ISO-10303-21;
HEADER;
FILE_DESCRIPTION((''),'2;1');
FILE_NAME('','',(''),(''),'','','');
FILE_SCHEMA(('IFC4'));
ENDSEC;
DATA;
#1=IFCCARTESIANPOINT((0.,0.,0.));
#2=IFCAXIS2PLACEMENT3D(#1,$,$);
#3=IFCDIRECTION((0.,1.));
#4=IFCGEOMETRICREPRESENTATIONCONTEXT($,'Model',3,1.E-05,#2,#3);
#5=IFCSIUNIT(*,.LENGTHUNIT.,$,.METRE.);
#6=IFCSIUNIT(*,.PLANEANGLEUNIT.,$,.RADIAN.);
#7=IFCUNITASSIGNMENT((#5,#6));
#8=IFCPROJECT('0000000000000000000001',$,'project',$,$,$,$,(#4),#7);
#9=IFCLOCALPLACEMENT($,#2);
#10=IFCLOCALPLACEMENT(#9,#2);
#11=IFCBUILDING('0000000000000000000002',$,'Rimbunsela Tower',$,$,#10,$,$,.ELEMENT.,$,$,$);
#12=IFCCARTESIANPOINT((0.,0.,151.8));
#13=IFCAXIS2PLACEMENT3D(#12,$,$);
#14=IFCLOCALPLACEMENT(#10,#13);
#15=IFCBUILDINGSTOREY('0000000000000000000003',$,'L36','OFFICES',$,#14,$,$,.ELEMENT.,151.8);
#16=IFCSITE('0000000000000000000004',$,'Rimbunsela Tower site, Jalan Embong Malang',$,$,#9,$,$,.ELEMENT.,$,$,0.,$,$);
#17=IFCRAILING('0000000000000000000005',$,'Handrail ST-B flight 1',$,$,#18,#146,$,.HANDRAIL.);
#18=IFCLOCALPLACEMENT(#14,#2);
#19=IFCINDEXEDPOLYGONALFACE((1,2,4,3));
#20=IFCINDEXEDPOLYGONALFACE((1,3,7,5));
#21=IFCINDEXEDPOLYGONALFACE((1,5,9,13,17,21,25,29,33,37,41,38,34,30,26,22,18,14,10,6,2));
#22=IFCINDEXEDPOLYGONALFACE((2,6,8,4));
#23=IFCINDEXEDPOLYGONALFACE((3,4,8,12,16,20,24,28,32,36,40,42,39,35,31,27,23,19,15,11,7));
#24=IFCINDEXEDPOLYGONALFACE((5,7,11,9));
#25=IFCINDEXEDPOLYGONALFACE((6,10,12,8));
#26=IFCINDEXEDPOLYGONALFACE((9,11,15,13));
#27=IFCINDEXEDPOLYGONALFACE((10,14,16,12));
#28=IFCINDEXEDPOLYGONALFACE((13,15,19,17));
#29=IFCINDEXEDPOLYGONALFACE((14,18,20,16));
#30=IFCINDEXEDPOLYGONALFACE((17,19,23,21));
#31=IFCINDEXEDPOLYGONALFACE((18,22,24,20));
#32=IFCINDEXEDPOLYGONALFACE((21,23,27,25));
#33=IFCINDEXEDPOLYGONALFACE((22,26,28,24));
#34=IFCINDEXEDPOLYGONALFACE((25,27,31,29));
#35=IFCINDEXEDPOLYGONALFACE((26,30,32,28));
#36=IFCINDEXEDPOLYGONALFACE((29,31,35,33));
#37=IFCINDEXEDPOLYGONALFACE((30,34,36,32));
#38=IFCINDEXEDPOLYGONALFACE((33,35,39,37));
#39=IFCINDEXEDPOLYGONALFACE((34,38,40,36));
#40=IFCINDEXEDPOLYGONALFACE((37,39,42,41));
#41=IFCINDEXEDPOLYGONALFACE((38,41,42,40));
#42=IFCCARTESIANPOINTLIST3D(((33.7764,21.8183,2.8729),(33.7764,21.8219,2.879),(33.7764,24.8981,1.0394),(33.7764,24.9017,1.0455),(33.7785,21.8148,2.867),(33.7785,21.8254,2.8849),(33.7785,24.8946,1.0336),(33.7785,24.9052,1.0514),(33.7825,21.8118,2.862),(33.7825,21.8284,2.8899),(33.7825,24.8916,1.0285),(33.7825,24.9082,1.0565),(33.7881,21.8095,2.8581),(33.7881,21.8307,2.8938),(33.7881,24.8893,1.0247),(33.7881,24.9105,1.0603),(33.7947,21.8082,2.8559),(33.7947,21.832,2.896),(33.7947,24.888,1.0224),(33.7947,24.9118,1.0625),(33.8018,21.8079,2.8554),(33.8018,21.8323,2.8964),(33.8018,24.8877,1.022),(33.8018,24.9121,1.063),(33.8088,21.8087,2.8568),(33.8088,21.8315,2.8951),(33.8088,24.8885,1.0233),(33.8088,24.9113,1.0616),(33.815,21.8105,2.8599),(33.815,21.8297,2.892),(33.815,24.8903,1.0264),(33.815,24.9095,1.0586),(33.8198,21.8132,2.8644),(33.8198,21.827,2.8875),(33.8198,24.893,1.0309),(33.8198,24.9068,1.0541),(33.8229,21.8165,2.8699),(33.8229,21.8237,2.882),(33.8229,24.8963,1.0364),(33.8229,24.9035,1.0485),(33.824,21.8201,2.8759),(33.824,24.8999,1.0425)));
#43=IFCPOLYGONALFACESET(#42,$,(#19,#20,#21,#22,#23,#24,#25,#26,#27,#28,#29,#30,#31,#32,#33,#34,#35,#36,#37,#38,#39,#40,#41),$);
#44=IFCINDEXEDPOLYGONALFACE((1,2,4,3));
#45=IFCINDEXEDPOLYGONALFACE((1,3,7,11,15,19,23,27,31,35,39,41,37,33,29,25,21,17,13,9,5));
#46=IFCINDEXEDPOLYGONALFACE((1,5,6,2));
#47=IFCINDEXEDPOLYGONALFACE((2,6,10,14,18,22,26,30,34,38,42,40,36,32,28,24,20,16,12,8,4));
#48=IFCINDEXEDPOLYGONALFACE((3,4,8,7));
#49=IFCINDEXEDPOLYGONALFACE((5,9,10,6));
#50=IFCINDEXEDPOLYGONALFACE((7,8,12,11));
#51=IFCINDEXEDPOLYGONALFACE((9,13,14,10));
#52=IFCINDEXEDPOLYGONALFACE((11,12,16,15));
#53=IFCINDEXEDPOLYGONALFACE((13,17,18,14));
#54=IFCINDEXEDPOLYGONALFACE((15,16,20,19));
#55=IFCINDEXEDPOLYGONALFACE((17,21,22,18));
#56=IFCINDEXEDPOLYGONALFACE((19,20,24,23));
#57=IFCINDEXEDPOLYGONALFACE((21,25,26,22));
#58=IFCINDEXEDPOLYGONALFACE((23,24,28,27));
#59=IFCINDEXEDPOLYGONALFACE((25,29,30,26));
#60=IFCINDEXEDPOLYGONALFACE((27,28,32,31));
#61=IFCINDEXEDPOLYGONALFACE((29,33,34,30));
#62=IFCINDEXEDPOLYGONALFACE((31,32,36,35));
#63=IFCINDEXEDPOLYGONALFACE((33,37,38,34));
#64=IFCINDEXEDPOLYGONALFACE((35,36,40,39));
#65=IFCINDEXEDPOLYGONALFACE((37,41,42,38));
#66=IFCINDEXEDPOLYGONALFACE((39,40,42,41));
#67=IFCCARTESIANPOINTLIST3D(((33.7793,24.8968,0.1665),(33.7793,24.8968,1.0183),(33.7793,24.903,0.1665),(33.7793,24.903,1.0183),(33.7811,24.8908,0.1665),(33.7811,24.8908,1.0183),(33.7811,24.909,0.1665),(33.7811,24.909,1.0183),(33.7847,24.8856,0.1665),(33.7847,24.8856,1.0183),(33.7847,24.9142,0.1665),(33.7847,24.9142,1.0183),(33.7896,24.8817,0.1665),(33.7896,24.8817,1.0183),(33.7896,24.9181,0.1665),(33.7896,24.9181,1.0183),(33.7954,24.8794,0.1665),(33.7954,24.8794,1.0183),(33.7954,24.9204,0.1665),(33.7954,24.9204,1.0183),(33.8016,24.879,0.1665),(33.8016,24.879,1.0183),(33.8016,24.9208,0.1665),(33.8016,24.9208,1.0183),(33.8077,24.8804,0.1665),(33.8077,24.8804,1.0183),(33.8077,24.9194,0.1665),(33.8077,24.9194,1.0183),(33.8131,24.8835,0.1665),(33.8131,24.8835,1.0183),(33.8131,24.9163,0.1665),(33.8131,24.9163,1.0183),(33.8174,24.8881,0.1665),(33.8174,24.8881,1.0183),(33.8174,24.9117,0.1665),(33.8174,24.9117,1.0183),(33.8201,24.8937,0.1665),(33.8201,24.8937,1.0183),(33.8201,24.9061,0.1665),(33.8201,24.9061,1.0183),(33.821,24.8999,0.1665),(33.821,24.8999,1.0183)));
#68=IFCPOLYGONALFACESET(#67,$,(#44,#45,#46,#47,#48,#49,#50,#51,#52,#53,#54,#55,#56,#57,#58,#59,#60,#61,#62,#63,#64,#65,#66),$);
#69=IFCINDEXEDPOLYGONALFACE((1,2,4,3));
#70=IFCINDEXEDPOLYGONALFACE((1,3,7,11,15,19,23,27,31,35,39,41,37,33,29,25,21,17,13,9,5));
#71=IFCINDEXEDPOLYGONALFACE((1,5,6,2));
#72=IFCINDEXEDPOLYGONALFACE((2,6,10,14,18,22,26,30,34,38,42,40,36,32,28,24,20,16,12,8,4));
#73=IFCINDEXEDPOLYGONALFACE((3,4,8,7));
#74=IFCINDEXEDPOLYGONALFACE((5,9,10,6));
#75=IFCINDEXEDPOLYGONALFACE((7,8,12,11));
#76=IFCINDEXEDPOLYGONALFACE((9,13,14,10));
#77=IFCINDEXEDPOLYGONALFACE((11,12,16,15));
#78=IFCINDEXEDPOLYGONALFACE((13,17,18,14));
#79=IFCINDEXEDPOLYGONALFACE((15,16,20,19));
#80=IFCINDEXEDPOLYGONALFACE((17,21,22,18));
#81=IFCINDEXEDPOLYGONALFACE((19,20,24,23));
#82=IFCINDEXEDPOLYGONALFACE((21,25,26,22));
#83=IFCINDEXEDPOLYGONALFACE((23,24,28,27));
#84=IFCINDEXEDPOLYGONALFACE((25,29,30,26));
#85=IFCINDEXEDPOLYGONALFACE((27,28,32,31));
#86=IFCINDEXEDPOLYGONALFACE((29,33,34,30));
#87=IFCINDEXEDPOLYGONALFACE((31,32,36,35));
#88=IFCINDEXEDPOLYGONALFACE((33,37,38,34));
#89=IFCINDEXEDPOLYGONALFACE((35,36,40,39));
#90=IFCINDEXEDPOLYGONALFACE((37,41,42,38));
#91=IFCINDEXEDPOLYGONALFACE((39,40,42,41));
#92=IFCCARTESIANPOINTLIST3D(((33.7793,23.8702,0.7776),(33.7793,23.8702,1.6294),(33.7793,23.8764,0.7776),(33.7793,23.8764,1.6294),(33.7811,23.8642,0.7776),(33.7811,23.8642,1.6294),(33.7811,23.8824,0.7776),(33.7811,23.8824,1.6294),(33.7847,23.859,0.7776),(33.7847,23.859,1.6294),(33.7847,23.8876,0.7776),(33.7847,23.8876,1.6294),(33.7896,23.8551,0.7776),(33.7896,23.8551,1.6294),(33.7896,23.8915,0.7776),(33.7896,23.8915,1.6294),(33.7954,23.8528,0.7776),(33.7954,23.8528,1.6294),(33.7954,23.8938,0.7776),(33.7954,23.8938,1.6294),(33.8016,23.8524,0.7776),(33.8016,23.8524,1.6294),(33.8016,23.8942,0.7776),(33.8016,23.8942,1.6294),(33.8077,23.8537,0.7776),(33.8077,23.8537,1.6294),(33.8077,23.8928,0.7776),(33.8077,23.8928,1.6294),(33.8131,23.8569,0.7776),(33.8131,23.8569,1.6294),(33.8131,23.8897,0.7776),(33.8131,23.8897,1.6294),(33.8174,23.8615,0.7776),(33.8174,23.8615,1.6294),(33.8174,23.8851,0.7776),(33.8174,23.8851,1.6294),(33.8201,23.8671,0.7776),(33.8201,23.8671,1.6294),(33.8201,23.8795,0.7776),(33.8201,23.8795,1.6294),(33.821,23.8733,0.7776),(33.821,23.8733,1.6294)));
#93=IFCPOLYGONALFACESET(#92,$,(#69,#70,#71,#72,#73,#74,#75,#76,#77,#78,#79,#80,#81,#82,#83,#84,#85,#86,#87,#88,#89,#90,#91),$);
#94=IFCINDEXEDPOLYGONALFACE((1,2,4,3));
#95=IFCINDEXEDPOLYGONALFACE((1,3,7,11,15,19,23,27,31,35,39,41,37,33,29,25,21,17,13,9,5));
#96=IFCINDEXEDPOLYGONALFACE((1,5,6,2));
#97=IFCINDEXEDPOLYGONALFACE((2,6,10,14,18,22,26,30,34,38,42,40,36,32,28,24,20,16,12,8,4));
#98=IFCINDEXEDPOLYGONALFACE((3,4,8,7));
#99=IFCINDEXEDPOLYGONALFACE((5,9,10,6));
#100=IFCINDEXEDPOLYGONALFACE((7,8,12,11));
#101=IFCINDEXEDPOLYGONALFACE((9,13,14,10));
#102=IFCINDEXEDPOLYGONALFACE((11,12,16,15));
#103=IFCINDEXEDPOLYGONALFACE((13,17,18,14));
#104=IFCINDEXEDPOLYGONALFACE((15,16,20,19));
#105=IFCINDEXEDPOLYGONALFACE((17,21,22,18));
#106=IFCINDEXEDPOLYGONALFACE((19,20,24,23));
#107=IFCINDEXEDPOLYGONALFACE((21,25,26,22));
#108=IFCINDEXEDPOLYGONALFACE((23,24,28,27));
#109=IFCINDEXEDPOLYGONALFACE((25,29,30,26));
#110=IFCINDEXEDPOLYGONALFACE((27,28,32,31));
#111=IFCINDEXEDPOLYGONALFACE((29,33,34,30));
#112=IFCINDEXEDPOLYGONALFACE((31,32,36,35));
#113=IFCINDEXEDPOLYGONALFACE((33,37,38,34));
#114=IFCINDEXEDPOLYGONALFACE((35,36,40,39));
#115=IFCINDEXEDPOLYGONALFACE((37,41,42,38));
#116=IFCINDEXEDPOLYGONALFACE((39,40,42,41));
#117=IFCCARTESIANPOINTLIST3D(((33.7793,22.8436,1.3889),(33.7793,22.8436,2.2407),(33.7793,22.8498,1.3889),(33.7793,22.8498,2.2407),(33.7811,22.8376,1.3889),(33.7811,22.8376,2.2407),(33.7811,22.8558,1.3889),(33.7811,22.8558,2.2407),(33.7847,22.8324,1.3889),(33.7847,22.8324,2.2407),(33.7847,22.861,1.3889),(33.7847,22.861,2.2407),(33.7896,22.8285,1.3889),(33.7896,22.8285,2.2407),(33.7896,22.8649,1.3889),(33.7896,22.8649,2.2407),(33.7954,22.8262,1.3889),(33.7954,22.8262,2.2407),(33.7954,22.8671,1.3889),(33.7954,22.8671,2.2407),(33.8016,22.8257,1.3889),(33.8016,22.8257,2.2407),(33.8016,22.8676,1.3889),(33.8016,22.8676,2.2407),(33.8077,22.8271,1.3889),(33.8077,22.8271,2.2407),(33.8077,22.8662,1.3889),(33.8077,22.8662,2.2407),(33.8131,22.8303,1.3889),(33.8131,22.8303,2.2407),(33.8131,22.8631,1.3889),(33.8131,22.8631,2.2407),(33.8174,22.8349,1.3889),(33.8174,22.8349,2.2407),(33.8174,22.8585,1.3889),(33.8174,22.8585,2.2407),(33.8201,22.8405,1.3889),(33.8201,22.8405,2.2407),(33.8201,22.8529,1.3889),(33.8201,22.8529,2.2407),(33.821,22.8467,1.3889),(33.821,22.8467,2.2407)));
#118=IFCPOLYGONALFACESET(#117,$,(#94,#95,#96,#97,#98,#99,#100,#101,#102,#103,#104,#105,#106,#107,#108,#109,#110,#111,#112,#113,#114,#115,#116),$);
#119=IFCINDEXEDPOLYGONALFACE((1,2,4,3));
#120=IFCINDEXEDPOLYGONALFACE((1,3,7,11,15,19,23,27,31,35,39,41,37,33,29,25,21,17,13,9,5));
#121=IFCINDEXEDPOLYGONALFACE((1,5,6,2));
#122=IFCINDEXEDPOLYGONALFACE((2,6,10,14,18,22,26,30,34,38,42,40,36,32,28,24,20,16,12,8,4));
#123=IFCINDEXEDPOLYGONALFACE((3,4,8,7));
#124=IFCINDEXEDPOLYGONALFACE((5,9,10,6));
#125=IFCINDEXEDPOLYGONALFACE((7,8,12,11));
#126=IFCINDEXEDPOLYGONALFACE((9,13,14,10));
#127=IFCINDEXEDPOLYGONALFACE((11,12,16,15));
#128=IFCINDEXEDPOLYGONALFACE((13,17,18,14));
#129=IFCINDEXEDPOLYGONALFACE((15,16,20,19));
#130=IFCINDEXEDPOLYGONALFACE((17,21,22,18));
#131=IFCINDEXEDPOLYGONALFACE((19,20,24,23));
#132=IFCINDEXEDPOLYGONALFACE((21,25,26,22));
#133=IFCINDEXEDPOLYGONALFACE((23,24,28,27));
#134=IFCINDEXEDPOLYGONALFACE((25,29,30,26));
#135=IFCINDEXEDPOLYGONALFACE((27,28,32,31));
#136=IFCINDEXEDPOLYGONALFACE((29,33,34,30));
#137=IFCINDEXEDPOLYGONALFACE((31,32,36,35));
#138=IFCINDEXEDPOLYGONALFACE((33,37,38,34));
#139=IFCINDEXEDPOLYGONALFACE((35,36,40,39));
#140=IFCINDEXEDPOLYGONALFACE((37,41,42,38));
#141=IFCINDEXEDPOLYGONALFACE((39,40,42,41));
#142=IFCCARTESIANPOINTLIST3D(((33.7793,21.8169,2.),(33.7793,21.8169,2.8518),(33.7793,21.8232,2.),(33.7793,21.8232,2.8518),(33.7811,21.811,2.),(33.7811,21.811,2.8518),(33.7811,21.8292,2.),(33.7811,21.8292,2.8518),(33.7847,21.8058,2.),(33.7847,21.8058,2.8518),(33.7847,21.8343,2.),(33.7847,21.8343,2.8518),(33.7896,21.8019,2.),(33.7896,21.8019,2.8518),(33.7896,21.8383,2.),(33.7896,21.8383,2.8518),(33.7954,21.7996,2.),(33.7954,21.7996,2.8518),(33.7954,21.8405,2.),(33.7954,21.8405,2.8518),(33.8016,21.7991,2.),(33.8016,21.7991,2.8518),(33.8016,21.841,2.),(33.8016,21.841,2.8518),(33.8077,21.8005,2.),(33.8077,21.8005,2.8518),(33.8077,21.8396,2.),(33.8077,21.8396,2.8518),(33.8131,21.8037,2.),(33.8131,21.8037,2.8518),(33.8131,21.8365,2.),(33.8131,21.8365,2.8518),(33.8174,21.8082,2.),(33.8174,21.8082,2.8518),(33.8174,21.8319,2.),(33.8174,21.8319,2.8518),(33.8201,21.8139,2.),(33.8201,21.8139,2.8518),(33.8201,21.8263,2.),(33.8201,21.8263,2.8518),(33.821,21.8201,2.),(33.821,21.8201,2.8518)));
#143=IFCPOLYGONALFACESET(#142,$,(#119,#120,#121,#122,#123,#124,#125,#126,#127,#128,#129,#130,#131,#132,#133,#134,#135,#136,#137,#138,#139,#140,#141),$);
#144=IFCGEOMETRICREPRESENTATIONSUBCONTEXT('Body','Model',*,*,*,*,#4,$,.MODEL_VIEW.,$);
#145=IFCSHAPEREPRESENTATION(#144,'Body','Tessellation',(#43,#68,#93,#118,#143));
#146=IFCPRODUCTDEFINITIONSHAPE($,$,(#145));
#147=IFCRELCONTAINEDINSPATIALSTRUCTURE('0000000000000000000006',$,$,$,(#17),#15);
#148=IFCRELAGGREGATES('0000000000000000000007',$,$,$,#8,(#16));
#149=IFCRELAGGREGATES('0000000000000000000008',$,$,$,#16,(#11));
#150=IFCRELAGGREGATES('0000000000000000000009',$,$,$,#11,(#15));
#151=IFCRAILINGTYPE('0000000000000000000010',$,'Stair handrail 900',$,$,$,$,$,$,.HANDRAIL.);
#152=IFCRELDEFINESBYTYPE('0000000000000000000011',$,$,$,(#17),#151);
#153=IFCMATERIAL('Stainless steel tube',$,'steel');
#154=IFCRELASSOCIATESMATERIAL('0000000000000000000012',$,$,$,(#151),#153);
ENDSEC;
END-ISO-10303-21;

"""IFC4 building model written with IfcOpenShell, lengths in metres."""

from ifc_helpers import new_model, si_unit, direction, frame, origin, origin_2d, place, context, subcontext, project, spatial, circle, extrude, material, type_object, element, save


model = new_model("IFC4")

# Units and contexts
model_context = context("Model", 3, precision=1e-05, world=origin(), true_north=direction((0.0, 1.0)))
body_context = subcontext(model_context, "Body", "Model", "MODEL_VIEW")
ifc_project = project(units=[si_unit("LENGTHUNIT", "METRE"), si_unit("PLANEANGLEUNIT", "RADIAN")], contexts=[model_context])

# Site, building, storey
site_placement = place(None, origin())
site = spatial("IfcSite", under=ifc_project, at=site_placement, Name="Rimbunsela Tower site, Jalan Embong Malang", CompositionType="ELEMENT", RefElevation=0.0)
building_placement = place(site_placement, origin())
building = spatial("IfcBuilding", under=site, at=building_placement, Name="Rimbunsela Tower", CompositionType="ELEMENT")
storey_placement = place(building_placement, frame((0.0, 0.0, 151.8)))
storey = spatial("IfcBuildingStorey", under=building, at=storey_placement, Name="L36", Description="OFFICES", CompositionType="ELEMENT", Elevation=151.8)

# Railing
ifc_material_1 = material(Name="Stainless steel tube", Category="steel")
railing_type = type_object("IfcRailingType", Name="Stair handrail 900", PredefinedType="HANDRAIL", material=ifc_material_1)
railing_1_placement = place(storey_placement, frame((33.8, 24.8999, 0.1665)))
element("IfcRailing", 1, at=railing_1_placement, inside=storey, type_object=railing_type, Name="Handrail ST-B flight 1", PredefinedType="HANDRAIL", context=body_context, shape_type="SweptSolid", body=[
    extrude(circle(Radius=0.0239, at=origin_2d()), frame((0.0, 0.0, 0.876), z_axis=(0.0, -0.859261, 0.511538), x_axis=(1.0, 0.0, 0.0)), (0.0, 0.0, 1.0), 3.5842),
    extrude(circle(Radius=0.021, at=origin_2d()), origin(), (0.0, 0.0, 1.0), 0.8518),
    extrude(circle(Radius=0.021, at=origin_2d()), frame((0.0, -1.0266, 0.6111)), (0.0, 0.0, 1.0), 0.8518),
    extrude(circle(Radius=0.021, at=origin_2d()), frame((0.0, -2.0532, 1.2224)), (0.0, 0.0, 1.0), 0.8518),
    extrude(circle(Radius=0.021, at=origin_2d()), frame((0.0, -3.0798, 1.8335)), (0.0, 0.0, 1.0), 0.8518),
])

save(model, "model.ifc")
